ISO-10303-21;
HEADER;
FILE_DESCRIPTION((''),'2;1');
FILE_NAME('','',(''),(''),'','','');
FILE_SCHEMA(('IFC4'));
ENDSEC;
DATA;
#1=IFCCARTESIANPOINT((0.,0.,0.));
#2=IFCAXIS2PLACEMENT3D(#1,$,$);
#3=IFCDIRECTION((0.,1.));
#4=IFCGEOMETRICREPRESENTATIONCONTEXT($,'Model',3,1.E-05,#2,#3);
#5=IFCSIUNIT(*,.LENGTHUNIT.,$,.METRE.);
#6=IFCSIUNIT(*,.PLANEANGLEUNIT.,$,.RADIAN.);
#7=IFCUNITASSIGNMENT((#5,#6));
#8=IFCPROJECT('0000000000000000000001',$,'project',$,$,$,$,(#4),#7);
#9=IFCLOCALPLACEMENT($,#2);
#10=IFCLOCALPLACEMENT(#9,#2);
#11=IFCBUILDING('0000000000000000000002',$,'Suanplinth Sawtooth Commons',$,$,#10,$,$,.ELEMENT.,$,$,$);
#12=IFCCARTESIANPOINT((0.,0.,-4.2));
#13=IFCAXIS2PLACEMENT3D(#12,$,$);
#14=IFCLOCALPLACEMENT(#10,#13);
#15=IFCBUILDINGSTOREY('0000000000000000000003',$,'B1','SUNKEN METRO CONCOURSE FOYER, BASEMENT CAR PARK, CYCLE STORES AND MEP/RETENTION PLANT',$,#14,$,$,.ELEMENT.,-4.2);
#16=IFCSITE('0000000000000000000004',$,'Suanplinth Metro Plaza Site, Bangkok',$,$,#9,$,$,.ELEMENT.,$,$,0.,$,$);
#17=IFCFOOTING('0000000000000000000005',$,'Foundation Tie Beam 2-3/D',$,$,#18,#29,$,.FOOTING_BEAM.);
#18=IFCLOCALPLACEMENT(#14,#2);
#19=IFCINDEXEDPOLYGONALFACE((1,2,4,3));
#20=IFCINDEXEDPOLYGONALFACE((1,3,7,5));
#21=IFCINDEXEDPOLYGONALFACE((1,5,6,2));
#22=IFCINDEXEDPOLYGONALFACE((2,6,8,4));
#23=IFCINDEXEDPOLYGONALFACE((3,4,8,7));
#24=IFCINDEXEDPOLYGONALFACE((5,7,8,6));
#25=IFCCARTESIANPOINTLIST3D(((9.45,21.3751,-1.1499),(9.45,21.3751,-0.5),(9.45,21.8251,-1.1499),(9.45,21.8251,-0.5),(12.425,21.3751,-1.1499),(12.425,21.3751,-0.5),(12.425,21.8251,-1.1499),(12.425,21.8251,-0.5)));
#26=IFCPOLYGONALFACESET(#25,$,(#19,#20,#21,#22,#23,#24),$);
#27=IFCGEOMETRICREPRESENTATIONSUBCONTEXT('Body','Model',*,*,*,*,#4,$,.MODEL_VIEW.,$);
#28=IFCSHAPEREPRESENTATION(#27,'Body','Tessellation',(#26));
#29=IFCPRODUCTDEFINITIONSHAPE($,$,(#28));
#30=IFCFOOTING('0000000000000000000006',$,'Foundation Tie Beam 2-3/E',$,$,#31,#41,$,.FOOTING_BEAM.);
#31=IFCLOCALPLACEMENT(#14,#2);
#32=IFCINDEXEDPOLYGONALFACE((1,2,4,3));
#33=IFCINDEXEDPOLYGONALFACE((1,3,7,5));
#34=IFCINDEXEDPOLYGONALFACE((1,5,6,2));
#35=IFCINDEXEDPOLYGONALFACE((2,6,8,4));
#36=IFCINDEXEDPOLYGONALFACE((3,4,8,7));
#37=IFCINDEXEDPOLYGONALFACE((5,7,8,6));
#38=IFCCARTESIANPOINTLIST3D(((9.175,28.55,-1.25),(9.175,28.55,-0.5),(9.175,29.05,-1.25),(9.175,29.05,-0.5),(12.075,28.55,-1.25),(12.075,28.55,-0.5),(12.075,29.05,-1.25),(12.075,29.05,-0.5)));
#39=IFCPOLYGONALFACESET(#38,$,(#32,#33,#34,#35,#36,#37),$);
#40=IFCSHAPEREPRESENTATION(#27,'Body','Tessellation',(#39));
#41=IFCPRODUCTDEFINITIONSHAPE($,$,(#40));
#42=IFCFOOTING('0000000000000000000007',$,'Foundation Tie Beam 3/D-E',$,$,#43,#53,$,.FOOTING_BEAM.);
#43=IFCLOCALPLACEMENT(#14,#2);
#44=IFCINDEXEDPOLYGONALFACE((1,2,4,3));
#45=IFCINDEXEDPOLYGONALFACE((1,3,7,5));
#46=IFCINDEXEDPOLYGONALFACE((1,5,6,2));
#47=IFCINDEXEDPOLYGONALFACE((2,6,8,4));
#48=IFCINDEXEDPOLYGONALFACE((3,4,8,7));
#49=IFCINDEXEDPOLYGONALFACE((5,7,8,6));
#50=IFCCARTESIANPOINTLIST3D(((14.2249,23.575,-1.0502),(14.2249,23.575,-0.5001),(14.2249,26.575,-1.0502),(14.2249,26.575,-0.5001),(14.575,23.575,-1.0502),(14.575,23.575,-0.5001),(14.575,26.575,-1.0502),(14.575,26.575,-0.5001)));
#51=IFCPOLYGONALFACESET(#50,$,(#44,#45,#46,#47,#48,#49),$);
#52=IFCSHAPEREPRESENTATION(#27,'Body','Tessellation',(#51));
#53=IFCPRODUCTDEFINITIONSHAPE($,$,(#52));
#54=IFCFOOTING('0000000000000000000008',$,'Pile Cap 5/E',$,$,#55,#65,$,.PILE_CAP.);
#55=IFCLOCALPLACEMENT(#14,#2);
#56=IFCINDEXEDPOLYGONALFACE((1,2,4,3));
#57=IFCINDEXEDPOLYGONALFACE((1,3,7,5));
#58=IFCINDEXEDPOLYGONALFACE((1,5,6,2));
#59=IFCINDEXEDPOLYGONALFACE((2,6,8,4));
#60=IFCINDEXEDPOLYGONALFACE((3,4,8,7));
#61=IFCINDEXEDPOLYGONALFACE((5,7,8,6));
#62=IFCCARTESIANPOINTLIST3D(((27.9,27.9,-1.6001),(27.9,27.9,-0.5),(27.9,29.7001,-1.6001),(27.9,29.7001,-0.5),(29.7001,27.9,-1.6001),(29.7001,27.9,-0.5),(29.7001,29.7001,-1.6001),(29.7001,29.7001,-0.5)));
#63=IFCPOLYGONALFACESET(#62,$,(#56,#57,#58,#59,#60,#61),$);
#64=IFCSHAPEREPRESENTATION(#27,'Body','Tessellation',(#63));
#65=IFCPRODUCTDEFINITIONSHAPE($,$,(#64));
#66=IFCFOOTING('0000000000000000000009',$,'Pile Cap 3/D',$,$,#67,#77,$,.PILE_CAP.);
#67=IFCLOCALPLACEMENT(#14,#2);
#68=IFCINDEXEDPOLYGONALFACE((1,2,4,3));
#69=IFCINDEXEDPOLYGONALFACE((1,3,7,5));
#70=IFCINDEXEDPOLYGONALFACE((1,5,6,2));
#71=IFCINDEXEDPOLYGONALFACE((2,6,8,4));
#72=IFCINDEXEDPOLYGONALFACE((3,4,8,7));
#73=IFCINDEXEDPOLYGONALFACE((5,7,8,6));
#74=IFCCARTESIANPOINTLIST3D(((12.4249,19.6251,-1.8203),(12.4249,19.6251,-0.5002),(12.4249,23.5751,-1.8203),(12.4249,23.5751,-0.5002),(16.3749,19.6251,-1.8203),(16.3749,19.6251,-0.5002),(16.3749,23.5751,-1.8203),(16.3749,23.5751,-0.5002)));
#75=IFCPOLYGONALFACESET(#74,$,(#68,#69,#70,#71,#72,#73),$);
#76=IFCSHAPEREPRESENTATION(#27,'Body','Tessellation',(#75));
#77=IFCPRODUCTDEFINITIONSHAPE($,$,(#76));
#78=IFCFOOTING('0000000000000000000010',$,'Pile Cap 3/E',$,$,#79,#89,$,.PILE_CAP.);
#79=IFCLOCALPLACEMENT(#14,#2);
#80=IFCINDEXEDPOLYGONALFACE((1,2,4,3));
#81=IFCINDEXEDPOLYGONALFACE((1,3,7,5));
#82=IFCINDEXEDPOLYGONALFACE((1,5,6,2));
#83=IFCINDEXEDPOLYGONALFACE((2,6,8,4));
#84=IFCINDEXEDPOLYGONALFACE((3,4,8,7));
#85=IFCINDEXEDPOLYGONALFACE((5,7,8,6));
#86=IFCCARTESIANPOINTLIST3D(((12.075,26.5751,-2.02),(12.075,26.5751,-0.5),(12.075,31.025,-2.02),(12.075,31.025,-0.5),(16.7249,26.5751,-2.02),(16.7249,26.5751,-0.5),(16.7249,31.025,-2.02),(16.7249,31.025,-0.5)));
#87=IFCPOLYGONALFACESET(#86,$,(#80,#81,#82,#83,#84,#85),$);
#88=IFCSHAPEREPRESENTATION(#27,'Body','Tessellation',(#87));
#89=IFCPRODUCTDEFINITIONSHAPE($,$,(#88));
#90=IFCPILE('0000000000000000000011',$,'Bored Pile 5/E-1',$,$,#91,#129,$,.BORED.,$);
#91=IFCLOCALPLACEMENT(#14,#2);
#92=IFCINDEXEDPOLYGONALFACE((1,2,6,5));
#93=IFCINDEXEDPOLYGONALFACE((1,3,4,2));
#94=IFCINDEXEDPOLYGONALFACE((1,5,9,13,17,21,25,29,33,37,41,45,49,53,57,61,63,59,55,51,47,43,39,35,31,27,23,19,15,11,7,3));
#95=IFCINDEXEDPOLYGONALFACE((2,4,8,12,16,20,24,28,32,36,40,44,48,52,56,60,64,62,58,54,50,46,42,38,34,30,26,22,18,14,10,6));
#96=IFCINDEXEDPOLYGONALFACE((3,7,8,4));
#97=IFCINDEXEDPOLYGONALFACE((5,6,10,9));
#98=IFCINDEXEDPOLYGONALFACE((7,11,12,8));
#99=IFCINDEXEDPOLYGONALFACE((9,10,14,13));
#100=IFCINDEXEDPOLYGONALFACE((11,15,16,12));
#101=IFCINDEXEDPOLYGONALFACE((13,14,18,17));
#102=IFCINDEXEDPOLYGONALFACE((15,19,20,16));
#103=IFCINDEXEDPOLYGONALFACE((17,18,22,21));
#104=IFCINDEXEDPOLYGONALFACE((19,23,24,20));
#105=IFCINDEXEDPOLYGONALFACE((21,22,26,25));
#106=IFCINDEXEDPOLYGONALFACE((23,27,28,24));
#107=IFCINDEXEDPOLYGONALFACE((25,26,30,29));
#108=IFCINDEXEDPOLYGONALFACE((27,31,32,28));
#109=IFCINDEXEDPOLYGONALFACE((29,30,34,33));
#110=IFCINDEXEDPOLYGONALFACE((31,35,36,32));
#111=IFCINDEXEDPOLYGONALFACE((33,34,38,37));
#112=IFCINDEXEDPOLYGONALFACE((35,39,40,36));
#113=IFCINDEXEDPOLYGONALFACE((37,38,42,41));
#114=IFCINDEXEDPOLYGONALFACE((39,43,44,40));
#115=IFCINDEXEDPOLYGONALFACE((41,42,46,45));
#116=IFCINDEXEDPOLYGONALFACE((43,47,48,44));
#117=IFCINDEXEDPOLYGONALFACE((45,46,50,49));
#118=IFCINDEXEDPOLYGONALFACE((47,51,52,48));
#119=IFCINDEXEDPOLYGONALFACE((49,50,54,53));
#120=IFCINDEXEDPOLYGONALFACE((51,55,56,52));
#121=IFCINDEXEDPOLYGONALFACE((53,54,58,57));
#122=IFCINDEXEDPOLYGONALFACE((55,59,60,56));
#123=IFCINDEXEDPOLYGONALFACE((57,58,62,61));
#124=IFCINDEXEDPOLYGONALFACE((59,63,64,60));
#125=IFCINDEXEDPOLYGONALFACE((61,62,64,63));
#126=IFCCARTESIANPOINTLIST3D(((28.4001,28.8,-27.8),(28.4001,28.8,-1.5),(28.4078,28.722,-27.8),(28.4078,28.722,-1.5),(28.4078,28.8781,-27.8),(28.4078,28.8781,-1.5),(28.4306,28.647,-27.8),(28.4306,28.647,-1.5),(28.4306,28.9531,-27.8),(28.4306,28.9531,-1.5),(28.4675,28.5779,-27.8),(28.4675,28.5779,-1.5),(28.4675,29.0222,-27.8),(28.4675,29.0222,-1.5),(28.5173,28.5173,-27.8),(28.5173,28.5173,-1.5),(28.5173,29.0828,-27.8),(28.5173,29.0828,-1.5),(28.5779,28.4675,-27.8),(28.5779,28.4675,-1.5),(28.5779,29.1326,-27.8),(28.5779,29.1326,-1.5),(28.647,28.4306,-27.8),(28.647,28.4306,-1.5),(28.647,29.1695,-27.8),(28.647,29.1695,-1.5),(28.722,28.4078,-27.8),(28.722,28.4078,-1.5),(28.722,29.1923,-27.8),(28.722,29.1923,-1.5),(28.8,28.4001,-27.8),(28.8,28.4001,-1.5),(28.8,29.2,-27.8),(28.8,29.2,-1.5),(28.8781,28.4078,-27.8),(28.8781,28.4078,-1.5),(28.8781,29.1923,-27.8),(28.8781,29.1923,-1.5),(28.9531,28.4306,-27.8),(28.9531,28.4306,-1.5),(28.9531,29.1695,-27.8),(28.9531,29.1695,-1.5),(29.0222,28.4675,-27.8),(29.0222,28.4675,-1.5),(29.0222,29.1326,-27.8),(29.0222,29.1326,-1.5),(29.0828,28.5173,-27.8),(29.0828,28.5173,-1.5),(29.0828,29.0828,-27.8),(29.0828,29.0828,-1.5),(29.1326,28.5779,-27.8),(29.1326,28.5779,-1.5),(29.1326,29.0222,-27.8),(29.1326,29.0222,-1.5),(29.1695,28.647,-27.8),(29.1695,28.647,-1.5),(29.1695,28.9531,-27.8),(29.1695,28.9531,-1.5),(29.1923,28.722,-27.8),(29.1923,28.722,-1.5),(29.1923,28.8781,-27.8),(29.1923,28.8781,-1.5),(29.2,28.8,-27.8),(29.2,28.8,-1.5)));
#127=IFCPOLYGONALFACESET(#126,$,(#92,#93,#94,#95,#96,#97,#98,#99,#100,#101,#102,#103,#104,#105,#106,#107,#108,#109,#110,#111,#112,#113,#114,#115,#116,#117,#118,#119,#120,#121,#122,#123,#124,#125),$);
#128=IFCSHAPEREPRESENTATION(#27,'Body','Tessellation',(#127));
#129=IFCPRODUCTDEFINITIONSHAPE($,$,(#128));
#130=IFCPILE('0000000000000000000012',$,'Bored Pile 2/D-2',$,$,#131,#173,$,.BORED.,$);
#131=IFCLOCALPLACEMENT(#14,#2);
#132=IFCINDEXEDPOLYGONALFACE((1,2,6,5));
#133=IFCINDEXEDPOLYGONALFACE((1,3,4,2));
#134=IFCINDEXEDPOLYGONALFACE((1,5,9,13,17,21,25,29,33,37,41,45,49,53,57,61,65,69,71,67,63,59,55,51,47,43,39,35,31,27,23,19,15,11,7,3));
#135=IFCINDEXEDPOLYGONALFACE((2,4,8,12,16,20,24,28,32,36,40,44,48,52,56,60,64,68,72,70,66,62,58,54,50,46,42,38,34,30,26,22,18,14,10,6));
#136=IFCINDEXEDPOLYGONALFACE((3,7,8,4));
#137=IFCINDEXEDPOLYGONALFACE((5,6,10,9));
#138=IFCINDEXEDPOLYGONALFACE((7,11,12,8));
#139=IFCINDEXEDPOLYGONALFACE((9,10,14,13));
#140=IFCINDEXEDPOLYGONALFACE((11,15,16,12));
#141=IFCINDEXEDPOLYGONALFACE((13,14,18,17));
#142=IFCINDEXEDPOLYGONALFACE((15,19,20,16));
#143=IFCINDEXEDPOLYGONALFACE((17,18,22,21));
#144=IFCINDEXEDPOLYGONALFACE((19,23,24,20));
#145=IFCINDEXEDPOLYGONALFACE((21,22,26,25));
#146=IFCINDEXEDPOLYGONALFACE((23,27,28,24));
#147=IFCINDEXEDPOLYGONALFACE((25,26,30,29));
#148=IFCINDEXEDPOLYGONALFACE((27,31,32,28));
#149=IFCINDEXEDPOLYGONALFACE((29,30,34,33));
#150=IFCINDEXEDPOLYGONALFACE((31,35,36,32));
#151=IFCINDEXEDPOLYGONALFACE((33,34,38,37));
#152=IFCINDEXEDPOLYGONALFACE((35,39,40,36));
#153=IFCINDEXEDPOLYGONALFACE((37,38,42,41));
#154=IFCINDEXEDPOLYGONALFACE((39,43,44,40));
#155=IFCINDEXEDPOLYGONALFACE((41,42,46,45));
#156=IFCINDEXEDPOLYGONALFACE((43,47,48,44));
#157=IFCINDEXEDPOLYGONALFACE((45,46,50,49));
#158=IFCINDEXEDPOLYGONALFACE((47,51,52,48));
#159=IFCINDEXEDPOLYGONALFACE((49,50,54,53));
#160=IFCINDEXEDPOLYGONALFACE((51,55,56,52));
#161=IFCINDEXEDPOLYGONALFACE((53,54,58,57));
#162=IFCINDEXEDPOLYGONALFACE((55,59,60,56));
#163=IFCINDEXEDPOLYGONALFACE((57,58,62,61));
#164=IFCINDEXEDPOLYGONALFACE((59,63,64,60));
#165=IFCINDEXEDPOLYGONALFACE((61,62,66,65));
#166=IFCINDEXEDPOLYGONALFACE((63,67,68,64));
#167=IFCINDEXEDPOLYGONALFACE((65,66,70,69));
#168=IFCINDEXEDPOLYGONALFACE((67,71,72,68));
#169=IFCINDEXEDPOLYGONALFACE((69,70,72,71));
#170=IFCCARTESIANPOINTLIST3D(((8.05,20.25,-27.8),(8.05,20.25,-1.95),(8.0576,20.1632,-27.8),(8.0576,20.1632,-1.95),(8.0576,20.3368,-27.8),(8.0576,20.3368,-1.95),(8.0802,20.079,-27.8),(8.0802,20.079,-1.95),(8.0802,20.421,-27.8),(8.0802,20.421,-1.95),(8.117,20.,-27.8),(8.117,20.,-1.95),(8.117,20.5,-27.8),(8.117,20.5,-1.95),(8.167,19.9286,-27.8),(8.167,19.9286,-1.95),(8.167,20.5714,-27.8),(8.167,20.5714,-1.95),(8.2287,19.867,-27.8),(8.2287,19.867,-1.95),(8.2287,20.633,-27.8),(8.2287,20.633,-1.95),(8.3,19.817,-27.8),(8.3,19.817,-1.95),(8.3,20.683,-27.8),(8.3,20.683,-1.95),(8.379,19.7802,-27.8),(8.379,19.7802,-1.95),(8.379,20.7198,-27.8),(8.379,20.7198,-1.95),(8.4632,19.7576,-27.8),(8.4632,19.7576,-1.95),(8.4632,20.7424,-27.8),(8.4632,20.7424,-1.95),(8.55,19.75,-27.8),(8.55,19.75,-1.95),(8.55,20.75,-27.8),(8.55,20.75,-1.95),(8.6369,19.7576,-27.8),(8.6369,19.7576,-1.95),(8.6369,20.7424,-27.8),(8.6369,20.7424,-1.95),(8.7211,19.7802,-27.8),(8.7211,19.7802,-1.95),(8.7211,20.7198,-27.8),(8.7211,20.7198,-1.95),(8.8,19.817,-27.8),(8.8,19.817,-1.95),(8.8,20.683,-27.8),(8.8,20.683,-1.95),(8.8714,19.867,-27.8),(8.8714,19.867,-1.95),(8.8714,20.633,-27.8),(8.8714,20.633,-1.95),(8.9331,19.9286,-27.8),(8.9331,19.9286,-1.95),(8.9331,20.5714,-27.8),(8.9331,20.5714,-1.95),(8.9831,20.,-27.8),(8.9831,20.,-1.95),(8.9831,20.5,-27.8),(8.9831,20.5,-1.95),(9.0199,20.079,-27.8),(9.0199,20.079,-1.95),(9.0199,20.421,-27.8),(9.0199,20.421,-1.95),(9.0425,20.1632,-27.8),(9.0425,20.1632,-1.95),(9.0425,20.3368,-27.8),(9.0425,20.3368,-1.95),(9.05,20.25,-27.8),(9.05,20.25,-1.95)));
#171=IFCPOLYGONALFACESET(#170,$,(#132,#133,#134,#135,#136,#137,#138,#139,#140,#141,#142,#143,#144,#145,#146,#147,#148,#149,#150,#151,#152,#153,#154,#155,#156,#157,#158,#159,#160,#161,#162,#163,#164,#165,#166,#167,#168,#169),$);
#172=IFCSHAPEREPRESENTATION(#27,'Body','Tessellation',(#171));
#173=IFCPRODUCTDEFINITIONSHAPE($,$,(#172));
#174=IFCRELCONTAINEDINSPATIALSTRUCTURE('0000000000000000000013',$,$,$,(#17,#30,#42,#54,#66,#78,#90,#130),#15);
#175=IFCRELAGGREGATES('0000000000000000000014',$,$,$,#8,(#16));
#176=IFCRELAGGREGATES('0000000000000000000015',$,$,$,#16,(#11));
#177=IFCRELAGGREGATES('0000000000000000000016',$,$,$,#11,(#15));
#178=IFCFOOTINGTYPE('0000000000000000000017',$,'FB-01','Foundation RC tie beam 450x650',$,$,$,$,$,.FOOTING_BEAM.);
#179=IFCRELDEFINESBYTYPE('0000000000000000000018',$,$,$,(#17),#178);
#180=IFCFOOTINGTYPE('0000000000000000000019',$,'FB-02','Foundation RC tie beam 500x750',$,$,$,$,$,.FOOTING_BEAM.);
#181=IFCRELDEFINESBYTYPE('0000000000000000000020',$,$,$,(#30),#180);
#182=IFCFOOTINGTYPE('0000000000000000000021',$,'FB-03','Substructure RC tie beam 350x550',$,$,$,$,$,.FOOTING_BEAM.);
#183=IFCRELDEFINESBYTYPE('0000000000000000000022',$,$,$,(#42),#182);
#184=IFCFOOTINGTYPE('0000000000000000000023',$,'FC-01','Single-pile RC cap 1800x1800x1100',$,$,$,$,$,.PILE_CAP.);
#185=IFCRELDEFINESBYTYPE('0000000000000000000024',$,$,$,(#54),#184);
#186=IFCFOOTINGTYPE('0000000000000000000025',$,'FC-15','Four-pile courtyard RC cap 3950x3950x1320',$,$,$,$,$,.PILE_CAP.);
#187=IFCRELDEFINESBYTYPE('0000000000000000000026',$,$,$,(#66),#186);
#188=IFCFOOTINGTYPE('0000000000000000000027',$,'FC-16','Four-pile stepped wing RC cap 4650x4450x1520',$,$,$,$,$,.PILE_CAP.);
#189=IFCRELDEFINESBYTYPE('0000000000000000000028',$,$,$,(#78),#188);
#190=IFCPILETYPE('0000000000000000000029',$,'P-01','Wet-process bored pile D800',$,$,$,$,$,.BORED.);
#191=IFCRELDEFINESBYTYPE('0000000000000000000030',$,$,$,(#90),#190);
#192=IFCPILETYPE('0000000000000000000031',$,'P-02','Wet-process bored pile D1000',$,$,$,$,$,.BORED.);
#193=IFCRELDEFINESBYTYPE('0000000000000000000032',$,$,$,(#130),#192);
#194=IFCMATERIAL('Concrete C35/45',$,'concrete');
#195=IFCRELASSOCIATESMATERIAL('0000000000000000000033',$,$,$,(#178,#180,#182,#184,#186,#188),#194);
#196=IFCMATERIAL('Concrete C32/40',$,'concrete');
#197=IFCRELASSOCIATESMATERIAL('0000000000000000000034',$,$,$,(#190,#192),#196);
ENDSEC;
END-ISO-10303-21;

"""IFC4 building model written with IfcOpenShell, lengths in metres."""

from ifc_helpers import new_model, si_unit, direction, frame, origin, origin_2d, place, context, subcontext, project, spatial, rectangle, circle, extrude, material, material_profile, profile_set, type_object, element, save


model = new_model("IFC4")

# Units and contexts
model_context = context("Model", 3, precision=1e-05, world=origin(), true_north=direction((0.0, 1.0)))
body_context = subcontext(model_context, "Body", "Model", "MODEL_VIEW")
ifc_project = project(units=[si_unit("LENGTHUNIT", "METRE"), si_unit("PLANEANGLEUNIT", "RADIAN")], contexts=[model_context])

# Site, building, storey
site_placement = place(None, origin())
site = spatial("IfcSite", under=ifc_project, at=site_placement, Name="Suanplinth Metro Plaza Site, Bangkok", CompositionType="ELEMENT", RefElevation=0.0)
building_placement = place(site_placement, origin())
building = spatial("IfcBuilding", under=site, at=building_placement, Name="Suanplinth Sawtooth Commons", CompositionType="ELEMENT")
storey_placement = place(building_placement, frame((0.0, 0.0, -4.2)))
storey = spatial("IfcBuildingStorey", under=building, at=storey_placement, Name="B1", Description="SUNKEN METRO CONCOURSE FOYER, BASEMENT CAR PARK, CYCLE STORES AND MEP/RETENTION PLANT", CompositionType="ELEMENT", Elevation=-4.2)

# Footings
ifc_material_1 = material(Name="Concrete C35/45", Category="concrete")
ifc_material_profile_1 = material_profile(ifc_material_1, rectangle(XDim=0.45, YDim=0.6499, at=origin_2d()), Name="PC-GDR 450x650")
ifc_profile_set_1 = profile_set([ifc_material_profile_1], Name="Concrete C35/45")
footing_type_1 = type_object("IfcFootingType", Name="FB-01", Description="Foundation RC tie beam 450x650", PredefinedType="FOOTING_BEAM", material=ifc_profile_set_1)
footing_1_placement = place(storey_placement, frame((9.45, 21.6001, -0.825), z_axis=(1.0, 0.0, 0.0), x_axis=(0.0, 1.0, 0.0)))
element("IfcFooting", 1, at=footing_1_placement, inside=storey, type_object=footing_type_1, Name="Foundation Tie Beam 2-3/D", PredefinedType="FOOTING_BEAM", context=body_context, shape_type="SweptSolid", body=[
    extrude(rectangle(XDim=0.45, YDim=0.6499, at=origin_2d()), origin(), (0.0, 0.0, 1.0), 2.9751),
])
ifc_material_profile_2 = material_profile(ifc_material_1, rectangle(XDim=0.5, YDim=0.75, at=origin_2d()), Name="RC-GDR 500x750")
ifc_profile_set_2 = profile_set([ifc_material_profile_2], Name="Concrete C35/45")
footing_type_2 = type_object("IfcFootingType", Name="FB-02", Description="Foundation RC tie beam 500x750", PredefinedType="FOOTING_BEAM", material=ifc_profile_set_2)
footing_2_placement = place(storey_placement, frame((9.175, 28.8, -0.875), z_axis=(1.0, 0.0, 0.0), x_axis=(0.0, 1.0, 0.0)))
element("IfcFooting", 2, at=footing_2_placement, inside=storey, type_object=footing_type_2, Name="Foundation Tie Beam 2-3/E", PredefinedType="FOOTING_BEAM", context=body_context, shape_type="SweptSolid", body=[
    extrude(rectangle(XDim=0.5, YDim=0.75, at=origin_2d()), origin(), (0.0, 0.0, 1.0), 2.8999),
])
ifc_material_profile_3 = material_profile(ifc_material_1, rectangle(XDim=0.3501, YDim=0.55, at=origin_2d()), Name="PC-BM 350x550")
ifc_profile_set_3 = profile_set([ifc_material_profile_3], Name="Concrete C35/45")
footing_type_3 = type_object("IfcFootingType", Name="FB-03", Description="Substructure RC tie beam 350x550", PredefinedType="FOOTING_BEAM", material=ifc_profile_set_3)
footing_3_placement = place(storey_placement, frame((14.3999, 23.575, -0.7751), z_axis=(0.0, 1.0, 0.0), x_axis=(-1.0, 0.0, 0.0)))
element("IfcFooting", 3, at=footing_3_placement, inside=storey, type_object=footing_type_3, Name="Foundation Tie Beam 3/D-E", PredefinedType="FOOTING_BEAM", context=body_context, shape_type="SweptSolid", body=[
    extrude(rectangle(XDim=0.3501, YDim=0.55, at=origin_2d()), origin(), (0.0, 0.0, 1.0), 3.0),
])
footing_type_4 = type_object("IfcFootingType", Name="FC-01", Description="Single-pile RC cap 1800x1800x1100", PredefinedType="PILE_CAP", material=ifc_material_1)
footing_4_placement = place(storey_placement, frame((28.8, 28.8, -1.6001), z_axis=(0.0, 0.0, 1.0), x_axis=(1.0, 0.0, 0.0)))
element("IfcFooting", 4, at=footing_4_placement, inside=storey, type_object=footing_type_4, Name="Pile Cap 5/E", PredefinedType="PILE_CAP", context=body_context, shape_type="SweptSolid", body=[
    extrude(rectangle(XDim=1.8, YDim=1.8, at=origin_2d()), origin(), (0.0, 0.0, 1.0), 1.1001),
])
footing_type_5 = type_object("IfcFootingType", Name="FC-15", Description="Four-pile courtyard RC cap 3950x3950x1320", PredefinedType="PILE_CAP", material=ifc_material_1)
footing_5_placement = place(storey_placement, frame((14.3999, 21.6001, -1.8203), z_axis=(0.0, 0.0, 1.0), x_axis=(1.0, 0.0, 0.0)))
element("IfcFooting", 5, at=footing_5_placement, inside=storey, type_object=footing_type_5, Name="Pile Cap 3/D", PredefinedType="PILE_CAP", context=body_context, shape_type="SweptSolid", body=[
    extrude(rectangle(XDim=3.95, YDim=3.95, at=origin_2d()), origin(), (0.0, 0.0, 1.0), 1.3201),
])
footing_type_6 = type_object("IfcFootingType", Name="FC-16", Description="Four-pile stepped wing RC cap 4650x4450x1520", PredefinedType="PILE_CAP", material=ifc_material_1)
footing_6_placement = place(storey_placement, frame((14.3999, 28.8, -2.02), z_axis=(0.0, 0.0, 1.0), x_axis=(1.0, 0.0, 0.0)))
element("IfcFooting", 6, at=footing_6_placement, inside=storey, type_object=footing_type_6, Name="Pile Cap 3/E", PredefinedType="PILE_CAP", context=body_context, shape_type="SweptSolid", body=[
    extrude(rectangle(XDim=4.6499, YDim=4.45, at=origin_2d()), origin(), (0.0, 0.0, 1.0), 1.52),
])

# Piles
ifc_material_2 = material(Name="Concrete C32/40", Category="concrete")
ifc_material_profile_4 = material_profile(ifc_material_2, circle(Radius=0.3999, at=origin_2d()), Name="PILE D800")
ifc_profile_set_4 = profile_set([ifc_material_profile_4], Name="Concrete C32/40")
pile_type_1 = type_object("IfcPileType", Name="P-01", Description="Wet-process bored pile D800", PredefinedType="BORED", material=ifc_profile_set_4)
pile_placement = place(storey_placement, frame((28.8, 28.8, -1.5), z_axis=(0.0, 0.0, -1.0), x_axis=(1.0, 0.0, 0.0)))
element("IfcPile", 7, at=pile_placement, inside=storey, type_object=pile_type_1, Name="Bored Pile 5/E-1", PredefinedType="BORED", context=body_context, shape_type="SweptSolid", body=[
    extrude(circle(Radius=0.3999, at=origin_2d()), origin(), (0.0, 0.0, 1.0), 26.3),
])
ifc_material_profile_5 = material_profile(ifc_material_2, circle(Radius=0.5, at=origin_2d()), Name="PILE D1000")
ifc_profile_set_5 = profile_set([ifc_material_profile_5], Name="Concrete C32/40")
pile_type_2 = type_object("IfcPileType", Name="P-02", Description="Wet-process bored pile D1000", PredefinedType="BORED", material=ifc_profile_set_5)
for number, where, z_axis, x_axis, name in (
    (8, (8.55, 20.25, -1.95), (0.0, 0.0, -1.0), (1.0, 0.0, 0.0), "Bored Pile 2/D-2"),
):
    element("IfcPile", number, at=place(storey_placement, frame(where, z_axis=z_axis, x_axis=x_axis)), inside=storey, type_object=pile_type_2, Name=name, PredefinedType="BORED", context=body_context, shape_type="SweptSolid", body=[
        extrude(circle(Radius=0.5, at=origin_2d()), origin(), (0.0, 0.0, 1.0), 25.8501),
    ])

save(model, "model.ifc")
